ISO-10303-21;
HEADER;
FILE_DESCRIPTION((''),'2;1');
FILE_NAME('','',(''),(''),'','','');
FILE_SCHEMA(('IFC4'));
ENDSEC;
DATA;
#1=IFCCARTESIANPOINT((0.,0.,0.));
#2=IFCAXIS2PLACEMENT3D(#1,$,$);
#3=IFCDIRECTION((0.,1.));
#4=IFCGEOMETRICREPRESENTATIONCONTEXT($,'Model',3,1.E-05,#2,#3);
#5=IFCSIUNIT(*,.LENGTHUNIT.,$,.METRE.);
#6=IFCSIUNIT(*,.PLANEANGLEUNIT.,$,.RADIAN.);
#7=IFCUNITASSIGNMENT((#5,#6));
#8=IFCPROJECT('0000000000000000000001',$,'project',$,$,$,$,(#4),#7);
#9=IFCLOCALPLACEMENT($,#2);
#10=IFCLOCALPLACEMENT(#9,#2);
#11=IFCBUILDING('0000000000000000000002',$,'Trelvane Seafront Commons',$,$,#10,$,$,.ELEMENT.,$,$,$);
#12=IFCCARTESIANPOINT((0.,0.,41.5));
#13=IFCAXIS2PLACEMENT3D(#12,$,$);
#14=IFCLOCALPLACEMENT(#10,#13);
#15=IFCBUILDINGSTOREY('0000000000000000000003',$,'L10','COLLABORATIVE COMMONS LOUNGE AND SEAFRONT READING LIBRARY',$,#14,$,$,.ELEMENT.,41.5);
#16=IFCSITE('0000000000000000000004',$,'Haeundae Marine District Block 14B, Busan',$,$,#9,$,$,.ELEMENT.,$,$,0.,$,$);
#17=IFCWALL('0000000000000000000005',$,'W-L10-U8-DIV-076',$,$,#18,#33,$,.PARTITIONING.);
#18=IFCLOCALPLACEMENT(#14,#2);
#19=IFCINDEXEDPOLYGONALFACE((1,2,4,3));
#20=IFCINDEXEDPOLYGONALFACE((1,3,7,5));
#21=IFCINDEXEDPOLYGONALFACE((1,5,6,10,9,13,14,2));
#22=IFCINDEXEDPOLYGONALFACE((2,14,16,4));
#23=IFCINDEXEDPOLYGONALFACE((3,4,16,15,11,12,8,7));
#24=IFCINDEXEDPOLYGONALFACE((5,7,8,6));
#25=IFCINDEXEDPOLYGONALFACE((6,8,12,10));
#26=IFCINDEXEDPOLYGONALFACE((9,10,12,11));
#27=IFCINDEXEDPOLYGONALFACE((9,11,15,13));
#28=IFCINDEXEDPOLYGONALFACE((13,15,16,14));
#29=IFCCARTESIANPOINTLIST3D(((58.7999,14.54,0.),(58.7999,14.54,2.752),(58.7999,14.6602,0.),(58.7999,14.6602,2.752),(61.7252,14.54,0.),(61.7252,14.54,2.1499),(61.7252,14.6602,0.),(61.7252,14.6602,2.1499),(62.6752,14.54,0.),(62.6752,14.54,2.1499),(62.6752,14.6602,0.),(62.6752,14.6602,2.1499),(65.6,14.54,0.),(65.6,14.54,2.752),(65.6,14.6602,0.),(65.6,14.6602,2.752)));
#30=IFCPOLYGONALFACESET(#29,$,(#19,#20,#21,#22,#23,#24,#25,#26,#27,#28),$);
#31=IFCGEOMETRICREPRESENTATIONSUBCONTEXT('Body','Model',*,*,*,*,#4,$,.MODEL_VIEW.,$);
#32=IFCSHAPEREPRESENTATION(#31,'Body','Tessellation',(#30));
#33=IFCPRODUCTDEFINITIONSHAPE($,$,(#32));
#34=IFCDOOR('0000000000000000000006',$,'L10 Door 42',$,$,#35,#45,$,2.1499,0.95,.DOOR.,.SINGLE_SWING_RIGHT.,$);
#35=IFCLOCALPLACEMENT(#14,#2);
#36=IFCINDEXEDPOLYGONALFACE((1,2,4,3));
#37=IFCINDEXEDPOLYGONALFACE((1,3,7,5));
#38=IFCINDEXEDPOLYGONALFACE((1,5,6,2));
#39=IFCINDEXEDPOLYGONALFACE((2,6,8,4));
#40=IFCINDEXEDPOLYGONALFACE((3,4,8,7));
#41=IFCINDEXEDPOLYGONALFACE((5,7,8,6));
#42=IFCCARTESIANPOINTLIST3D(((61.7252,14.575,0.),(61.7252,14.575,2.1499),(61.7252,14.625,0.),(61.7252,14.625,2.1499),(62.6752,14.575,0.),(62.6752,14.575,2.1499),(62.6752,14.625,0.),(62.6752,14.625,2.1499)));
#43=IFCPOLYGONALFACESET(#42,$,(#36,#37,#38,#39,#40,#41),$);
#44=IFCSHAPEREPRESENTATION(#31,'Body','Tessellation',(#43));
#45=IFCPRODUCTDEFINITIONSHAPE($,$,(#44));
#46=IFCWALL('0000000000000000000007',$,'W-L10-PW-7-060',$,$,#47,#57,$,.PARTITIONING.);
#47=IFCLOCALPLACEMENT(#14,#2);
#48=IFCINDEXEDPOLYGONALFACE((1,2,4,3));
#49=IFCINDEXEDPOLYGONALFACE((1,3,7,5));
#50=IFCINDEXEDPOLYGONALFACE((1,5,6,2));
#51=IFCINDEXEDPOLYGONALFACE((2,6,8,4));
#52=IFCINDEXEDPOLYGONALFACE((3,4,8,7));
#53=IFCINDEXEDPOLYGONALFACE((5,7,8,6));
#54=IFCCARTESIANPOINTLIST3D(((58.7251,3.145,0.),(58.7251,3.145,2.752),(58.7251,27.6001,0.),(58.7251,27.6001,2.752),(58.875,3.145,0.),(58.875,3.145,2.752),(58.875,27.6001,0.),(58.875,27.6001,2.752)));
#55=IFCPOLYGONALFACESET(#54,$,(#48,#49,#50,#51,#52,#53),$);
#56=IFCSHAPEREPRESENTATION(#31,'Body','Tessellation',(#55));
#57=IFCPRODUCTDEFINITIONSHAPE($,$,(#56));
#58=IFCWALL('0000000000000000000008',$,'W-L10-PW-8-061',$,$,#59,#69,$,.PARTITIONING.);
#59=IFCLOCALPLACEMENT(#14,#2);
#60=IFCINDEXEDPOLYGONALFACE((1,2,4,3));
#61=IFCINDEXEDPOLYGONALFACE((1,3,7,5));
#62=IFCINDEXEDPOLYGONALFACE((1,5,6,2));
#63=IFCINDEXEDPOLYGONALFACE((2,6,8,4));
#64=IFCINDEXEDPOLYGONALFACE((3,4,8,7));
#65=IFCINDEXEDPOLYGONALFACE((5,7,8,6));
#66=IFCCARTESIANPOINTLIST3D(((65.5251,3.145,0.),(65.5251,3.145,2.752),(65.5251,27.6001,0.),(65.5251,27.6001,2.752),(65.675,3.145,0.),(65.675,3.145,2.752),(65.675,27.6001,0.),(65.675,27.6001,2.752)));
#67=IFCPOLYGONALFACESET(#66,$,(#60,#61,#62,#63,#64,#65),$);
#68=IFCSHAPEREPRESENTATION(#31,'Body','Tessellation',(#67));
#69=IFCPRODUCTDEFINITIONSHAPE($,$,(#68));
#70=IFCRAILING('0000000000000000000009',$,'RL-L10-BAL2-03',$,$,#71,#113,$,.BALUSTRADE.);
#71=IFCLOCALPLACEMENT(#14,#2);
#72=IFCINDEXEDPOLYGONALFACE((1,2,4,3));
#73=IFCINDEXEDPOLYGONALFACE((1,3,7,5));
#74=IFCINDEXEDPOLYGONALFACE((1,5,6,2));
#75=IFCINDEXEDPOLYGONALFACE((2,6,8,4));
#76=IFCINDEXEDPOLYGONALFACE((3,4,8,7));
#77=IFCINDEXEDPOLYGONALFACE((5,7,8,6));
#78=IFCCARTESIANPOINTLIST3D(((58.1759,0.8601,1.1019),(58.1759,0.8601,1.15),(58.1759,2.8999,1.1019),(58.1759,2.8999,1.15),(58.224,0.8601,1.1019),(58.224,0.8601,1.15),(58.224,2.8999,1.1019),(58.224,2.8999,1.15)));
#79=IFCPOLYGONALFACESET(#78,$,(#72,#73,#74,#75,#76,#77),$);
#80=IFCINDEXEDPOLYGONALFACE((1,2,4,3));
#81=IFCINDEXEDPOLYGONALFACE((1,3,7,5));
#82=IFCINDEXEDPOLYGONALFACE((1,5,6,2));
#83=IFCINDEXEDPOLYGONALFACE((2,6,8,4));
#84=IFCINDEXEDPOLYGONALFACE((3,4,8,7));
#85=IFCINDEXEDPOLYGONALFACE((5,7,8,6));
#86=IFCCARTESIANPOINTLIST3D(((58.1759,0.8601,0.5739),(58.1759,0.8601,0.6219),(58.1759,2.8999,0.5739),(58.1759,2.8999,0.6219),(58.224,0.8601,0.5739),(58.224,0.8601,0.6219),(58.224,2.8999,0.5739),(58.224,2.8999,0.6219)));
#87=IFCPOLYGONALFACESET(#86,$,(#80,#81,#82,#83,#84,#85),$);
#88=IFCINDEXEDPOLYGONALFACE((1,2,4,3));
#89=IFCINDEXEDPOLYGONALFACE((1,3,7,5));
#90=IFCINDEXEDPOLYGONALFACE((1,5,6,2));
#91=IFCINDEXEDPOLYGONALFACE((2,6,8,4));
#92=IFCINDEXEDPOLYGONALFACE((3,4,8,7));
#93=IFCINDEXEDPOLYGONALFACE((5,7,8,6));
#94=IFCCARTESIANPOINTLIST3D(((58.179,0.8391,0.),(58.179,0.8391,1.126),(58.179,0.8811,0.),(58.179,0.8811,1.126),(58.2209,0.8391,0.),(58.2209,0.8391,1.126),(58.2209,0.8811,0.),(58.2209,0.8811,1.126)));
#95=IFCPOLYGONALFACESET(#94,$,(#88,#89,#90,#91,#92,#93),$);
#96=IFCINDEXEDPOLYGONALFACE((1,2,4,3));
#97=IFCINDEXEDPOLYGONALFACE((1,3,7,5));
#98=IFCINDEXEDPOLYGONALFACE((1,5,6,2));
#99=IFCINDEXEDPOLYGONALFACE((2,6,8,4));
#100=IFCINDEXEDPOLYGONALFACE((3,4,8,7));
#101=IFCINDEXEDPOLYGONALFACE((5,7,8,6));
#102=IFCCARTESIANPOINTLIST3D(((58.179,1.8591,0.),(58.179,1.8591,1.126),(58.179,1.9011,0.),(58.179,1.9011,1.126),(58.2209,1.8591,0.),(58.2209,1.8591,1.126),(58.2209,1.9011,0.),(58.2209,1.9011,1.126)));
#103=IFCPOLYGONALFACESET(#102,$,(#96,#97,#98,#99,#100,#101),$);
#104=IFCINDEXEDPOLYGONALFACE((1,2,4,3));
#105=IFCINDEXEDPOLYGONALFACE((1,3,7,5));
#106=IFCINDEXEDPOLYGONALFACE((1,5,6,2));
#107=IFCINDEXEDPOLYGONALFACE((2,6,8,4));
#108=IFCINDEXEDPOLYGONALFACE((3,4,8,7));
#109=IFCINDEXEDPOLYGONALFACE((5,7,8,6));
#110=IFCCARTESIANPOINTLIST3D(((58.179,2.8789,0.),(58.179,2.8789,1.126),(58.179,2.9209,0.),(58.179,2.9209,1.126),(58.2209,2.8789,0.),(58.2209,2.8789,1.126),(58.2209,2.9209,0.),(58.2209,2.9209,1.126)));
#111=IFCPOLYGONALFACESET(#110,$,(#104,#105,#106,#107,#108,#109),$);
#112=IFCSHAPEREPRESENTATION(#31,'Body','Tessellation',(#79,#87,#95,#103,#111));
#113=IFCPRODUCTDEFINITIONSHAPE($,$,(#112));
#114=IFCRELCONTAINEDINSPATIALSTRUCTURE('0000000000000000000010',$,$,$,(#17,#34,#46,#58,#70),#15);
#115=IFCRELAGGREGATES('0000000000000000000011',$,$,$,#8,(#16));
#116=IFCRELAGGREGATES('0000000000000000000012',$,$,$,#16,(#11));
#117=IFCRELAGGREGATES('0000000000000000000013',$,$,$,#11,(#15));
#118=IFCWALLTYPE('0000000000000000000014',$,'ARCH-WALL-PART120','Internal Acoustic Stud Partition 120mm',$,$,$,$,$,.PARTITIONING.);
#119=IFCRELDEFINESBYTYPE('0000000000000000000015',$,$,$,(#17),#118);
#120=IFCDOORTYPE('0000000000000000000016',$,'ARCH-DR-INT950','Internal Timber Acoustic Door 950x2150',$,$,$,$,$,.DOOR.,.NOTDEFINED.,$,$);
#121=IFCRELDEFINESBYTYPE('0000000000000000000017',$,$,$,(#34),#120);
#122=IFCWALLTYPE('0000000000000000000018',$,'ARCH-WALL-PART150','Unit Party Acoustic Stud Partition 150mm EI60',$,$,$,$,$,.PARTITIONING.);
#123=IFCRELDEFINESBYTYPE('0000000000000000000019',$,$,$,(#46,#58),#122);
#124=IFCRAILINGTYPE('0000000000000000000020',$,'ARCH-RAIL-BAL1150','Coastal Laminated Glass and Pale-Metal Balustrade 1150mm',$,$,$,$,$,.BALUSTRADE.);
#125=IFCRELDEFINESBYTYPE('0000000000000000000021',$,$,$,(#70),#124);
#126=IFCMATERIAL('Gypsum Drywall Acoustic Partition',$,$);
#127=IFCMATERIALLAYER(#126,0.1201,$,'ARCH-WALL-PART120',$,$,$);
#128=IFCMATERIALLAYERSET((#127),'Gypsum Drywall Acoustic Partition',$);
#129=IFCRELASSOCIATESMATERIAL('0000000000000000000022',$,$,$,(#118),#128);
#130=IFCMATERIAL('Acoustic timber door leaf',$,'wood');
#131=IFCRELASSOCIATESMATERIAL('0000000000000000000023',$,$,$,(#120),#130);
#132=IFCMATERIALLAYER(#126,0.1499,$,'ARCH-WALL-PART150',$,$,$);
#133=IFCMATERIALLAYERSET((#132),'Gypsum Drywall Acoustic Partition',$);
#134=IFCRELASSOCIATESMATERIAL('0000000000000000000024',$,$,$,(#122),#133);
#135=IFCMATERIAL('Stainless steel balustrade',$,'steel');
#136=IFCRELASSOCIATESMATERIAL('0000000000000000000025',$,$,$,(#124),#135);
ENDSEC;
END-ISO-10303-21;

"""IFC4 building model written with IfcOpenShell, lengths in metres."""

from ifc_helpers import new_model, si_unit, direction, frame, frame_2d, origin, origin_2d, place, context, subcontext, project, spatial, rectangle, extrude, source, transform, mapped, material, layer, layer_set, type_object, element, fill, save


model = new_model("IFC4")

# Units and contexts
model_context = context("Model", 3, precision=1e-05, world=origin(), true_north=direction((0.0, 1.0)))
body_context = subcontext(model_context, "Body", "Model", "MODEL_VIEW")
ifc_project = project(units=[si_unit("LENGTHUNIT", "METRE"), si_unit("PLANEANGLEUNIT", "RADIAN")], contexts=[model_context])

# Site, building, storey
site_placement = place(None, origin())
site = spatial("IfcSite", under=ifc_project, at=site_placement, Name="Haeundae Marine District Block 14B, Busan", CompositionType="ELEMENT", RefElevation=0.0)
building_placement = place(site_placement, origin())
building = spatial("IfcBuilding", under=site, at=building_placement, Name="Trelvane Seafront Commons", CompositionType="ELEMENT")
storey_placement = place(building_placement, frame((0.0, 0.0, 41.5)))
storey = spatial("IfcBuildingStorey", under=building, at=storey_placement, Name="L10", Description="COLLABORATIVE COMMONS LOUNGE AND SEAFRONT READING LIBRARY", CompositionType="ELEMENT", Elevation=41.5)

# Wall, opening, door
ifc_material_1 = material(Name="Gypsum Drywall Acoustic Partition")
ifc_layer_1 = layer(ifc_material_1, 0.1201, Name="ARCH-WALL-PART120")
ifc_layer_set_1 = layer_set([ifc_layer_1], Name="Gypsum Drywall Acoustic Partition")
wall_type_1 = type_object("IfcWallType", Name="ARCH-WALL-PART120", Description="Internal Acoustic Stud Partition 120mm", PredefinedType="PARTITIONING", material=ifc_layer_set_1)
wall_1_placement = place(storey_placement, frame((58.8, 14.6001, 0.0), z_axis=(0.0, 0.0, 1.0), x_axis=(1.0, 0.0, 0.0)))
wall_1 = element("IfcWall", 1, at=wall_1_placement, inside=storey, type_object=wall_type_1, Name="W-L10-U8-DIV-076", PredefinedType="PARTITIONING", context=body_context, shape_type="SweptSolid", body=[
    extrude(rectangle(XDim=6.8, YDim=0.1201, at=frame_2d((3.3999, 0.0))), origin(), (0.0, 0.0, 1.0), 2.752),
])
opening_1_placement = place(wall_1_placement, frame((2.925, 0.0, 0.0)))
opening_1 = element("IfcOpeningElement", 2, at=opening_1_placement, cuts=wall_1, PredefinedType="OPENING", context=body_context, shape_type="SweptSolid", body=[
    extrude(rectangle(XDim=0.95, YDim=2.1499, at=frame_2d((0.4751, 1.075))), frame((0.0, 0.0701, 0.0), z_axis=(0.0, -1.0, 0.0), x_axis=(1.0, 0.0, 0.0)), (0.0, 0.0, 1.0), 0.1401),
])
ifc_material_2 = material(Name="Acoustic timber door leaf", Category="wood")
door_type_1 = type_object("IfcDoorType", Name="ARCH-DR-INT950", Description="Internal Timber Acoustic Door 950x2150", OperationType="NOTDEFINED", PredefinedType="DOOR", material=ifc_material_2)
shared_shape_1 = source(origin(), body_context, "Body", "SweptSolid", [
    extrude(rectangle(XDim=0.95, YDim=2.1499, at=frame_2d((0.4751, 1.075))), frame((0.0, 0.0249, 0.0), z_axis=(0.0, -1.0, 0.0), x_axis=(1.0, 0.0, 0.0)), (0.0, 0.0, 1.0), 0.05),
])
door_1_placement = place(opening_1_placement, origin())
door_1 = element("IfcDoor", 3, at=door_1_placement, inside=storey, type_object=door_type_1, Name="L10 Door 42", OperationType="SINGLE_SWING_RIGHT", OverallHeight=2.1499, OverallWidth=0.95, PredefinedType="DOOR", context=body_context, shape_type="MappedRepresentation", body=[
    mapped(shared_shape_1, transform((0.0, 0.0, 0.0), x_axis=(1.0, 0.0, 0.0), y_axis=(0.0, 1.0, 0.0), z_axis=(0.0, 0.0, 1.0), scale=1.0)),
])
fill(opening_1, door_1)

# Walls
ifc_layer_2 = layer(ifc_material_1, 0.1499, Name="ARCH-WALL-PART150")
ifc_layer_set_2 = layer_set([ifc_layer_2], Name="Gypsum Drywall Acoustic Partition")
wall_type_2 = type_object("IfcWallType", Name="ARCH-WALL-PART150", Description="Unit Party Acoustic Stud Partition 150mm EI60", PredefinedType="PARTITIONING", material=ifc_layer_set_2)
for number, where, z_axis, x_axis, name in (
    (4, (58.8, 3.145, 0.0), (0.0, 0.0, 1.0), (0.0, 1.0, 0.0), "W-L10-PW-7-060"),
    (5, (65.6001, 3.145, 0.0), (0.0, 0.0, 1.0), (0.0, 1.0, 0.0), "W-L10-PW-8-061"),
):
    element("IfcWall", number, at=place(storey_placement, frame(where, z_axis=z_axis, x_axis=x_axis)), inside=storey, type_object=wall_type_2, Name=name, PredefinedType="PARTITIONING", context=body_context, shape_type="SweptSolid", body=[
        extrude(rectangle(XDim=24.4551, YDim=0.1499, at=frame_2d((12.2275, 0.0))), origin(), (0.0, 0.0, 1.0), 2.752),
    ])

# Railing
ifc_material_3 = material(Name="Stainless steel balustrade", Category="steel")
railing_type = type_object("IfcRailingType", Name="ARCH-RAIL-BAL1150", Description="Coastal Laminated Glass and Pale-Metal Balustrade 1150mm", PredefinedType="BALUSTRADE", material=ifc_material_3)
railing_placement = place(storey_placement, frame((58.2, 0.8601, 0.0)))
element("IfcRailing", 6, at=railing_placement, inside=storey, type_object=railing_type, Name="RL-L10-BAL2-03", PredefinedType="BALUSTRADE", context=body_context, shape_type="SweptSolid", body=[
    extrude(rectangle(XDim=0.0481, YDim=0.0481, at=origin_2d()), frame((0.0, 0.0, 1.126), z_axis=(0.0, 1.0, 0.0), x_axis=(-1.0, 0.0, 0.0)), (0.0, 0.0, 1.0), 2.0398),
    extrude(rectangle(XDim=0.0481, YDim=0.0481, at=origin_2d()), frame((0.0, 0.0, 0.5979), z_axis=(0.0, 1.0, 0.0), x_axis=(-1.0, 0.0, 0.0)), (0.0, 0.0, 1.0), 2.0398),
    extrude(rectangle(XDim=0.042, YDim=0.042, at=origin_2d()), origin(), (0.0, 0.0, 1.0), 1.126),
    extrude(rectangle(XDim=0.042, YDim=0.042, at=origin_2d()), frame((0.0, 1.02, 0.0)), (0.0, 0.0, 1.0), 1.126),
    extrude(rectangle(XDim=0.042, YDim=0.042, at=origin_2d()), frame((0.0, 2.0398, 0.0)), (0.0, 0.0, 1.0), 1.126),
])

save(model, "model.ifc")
